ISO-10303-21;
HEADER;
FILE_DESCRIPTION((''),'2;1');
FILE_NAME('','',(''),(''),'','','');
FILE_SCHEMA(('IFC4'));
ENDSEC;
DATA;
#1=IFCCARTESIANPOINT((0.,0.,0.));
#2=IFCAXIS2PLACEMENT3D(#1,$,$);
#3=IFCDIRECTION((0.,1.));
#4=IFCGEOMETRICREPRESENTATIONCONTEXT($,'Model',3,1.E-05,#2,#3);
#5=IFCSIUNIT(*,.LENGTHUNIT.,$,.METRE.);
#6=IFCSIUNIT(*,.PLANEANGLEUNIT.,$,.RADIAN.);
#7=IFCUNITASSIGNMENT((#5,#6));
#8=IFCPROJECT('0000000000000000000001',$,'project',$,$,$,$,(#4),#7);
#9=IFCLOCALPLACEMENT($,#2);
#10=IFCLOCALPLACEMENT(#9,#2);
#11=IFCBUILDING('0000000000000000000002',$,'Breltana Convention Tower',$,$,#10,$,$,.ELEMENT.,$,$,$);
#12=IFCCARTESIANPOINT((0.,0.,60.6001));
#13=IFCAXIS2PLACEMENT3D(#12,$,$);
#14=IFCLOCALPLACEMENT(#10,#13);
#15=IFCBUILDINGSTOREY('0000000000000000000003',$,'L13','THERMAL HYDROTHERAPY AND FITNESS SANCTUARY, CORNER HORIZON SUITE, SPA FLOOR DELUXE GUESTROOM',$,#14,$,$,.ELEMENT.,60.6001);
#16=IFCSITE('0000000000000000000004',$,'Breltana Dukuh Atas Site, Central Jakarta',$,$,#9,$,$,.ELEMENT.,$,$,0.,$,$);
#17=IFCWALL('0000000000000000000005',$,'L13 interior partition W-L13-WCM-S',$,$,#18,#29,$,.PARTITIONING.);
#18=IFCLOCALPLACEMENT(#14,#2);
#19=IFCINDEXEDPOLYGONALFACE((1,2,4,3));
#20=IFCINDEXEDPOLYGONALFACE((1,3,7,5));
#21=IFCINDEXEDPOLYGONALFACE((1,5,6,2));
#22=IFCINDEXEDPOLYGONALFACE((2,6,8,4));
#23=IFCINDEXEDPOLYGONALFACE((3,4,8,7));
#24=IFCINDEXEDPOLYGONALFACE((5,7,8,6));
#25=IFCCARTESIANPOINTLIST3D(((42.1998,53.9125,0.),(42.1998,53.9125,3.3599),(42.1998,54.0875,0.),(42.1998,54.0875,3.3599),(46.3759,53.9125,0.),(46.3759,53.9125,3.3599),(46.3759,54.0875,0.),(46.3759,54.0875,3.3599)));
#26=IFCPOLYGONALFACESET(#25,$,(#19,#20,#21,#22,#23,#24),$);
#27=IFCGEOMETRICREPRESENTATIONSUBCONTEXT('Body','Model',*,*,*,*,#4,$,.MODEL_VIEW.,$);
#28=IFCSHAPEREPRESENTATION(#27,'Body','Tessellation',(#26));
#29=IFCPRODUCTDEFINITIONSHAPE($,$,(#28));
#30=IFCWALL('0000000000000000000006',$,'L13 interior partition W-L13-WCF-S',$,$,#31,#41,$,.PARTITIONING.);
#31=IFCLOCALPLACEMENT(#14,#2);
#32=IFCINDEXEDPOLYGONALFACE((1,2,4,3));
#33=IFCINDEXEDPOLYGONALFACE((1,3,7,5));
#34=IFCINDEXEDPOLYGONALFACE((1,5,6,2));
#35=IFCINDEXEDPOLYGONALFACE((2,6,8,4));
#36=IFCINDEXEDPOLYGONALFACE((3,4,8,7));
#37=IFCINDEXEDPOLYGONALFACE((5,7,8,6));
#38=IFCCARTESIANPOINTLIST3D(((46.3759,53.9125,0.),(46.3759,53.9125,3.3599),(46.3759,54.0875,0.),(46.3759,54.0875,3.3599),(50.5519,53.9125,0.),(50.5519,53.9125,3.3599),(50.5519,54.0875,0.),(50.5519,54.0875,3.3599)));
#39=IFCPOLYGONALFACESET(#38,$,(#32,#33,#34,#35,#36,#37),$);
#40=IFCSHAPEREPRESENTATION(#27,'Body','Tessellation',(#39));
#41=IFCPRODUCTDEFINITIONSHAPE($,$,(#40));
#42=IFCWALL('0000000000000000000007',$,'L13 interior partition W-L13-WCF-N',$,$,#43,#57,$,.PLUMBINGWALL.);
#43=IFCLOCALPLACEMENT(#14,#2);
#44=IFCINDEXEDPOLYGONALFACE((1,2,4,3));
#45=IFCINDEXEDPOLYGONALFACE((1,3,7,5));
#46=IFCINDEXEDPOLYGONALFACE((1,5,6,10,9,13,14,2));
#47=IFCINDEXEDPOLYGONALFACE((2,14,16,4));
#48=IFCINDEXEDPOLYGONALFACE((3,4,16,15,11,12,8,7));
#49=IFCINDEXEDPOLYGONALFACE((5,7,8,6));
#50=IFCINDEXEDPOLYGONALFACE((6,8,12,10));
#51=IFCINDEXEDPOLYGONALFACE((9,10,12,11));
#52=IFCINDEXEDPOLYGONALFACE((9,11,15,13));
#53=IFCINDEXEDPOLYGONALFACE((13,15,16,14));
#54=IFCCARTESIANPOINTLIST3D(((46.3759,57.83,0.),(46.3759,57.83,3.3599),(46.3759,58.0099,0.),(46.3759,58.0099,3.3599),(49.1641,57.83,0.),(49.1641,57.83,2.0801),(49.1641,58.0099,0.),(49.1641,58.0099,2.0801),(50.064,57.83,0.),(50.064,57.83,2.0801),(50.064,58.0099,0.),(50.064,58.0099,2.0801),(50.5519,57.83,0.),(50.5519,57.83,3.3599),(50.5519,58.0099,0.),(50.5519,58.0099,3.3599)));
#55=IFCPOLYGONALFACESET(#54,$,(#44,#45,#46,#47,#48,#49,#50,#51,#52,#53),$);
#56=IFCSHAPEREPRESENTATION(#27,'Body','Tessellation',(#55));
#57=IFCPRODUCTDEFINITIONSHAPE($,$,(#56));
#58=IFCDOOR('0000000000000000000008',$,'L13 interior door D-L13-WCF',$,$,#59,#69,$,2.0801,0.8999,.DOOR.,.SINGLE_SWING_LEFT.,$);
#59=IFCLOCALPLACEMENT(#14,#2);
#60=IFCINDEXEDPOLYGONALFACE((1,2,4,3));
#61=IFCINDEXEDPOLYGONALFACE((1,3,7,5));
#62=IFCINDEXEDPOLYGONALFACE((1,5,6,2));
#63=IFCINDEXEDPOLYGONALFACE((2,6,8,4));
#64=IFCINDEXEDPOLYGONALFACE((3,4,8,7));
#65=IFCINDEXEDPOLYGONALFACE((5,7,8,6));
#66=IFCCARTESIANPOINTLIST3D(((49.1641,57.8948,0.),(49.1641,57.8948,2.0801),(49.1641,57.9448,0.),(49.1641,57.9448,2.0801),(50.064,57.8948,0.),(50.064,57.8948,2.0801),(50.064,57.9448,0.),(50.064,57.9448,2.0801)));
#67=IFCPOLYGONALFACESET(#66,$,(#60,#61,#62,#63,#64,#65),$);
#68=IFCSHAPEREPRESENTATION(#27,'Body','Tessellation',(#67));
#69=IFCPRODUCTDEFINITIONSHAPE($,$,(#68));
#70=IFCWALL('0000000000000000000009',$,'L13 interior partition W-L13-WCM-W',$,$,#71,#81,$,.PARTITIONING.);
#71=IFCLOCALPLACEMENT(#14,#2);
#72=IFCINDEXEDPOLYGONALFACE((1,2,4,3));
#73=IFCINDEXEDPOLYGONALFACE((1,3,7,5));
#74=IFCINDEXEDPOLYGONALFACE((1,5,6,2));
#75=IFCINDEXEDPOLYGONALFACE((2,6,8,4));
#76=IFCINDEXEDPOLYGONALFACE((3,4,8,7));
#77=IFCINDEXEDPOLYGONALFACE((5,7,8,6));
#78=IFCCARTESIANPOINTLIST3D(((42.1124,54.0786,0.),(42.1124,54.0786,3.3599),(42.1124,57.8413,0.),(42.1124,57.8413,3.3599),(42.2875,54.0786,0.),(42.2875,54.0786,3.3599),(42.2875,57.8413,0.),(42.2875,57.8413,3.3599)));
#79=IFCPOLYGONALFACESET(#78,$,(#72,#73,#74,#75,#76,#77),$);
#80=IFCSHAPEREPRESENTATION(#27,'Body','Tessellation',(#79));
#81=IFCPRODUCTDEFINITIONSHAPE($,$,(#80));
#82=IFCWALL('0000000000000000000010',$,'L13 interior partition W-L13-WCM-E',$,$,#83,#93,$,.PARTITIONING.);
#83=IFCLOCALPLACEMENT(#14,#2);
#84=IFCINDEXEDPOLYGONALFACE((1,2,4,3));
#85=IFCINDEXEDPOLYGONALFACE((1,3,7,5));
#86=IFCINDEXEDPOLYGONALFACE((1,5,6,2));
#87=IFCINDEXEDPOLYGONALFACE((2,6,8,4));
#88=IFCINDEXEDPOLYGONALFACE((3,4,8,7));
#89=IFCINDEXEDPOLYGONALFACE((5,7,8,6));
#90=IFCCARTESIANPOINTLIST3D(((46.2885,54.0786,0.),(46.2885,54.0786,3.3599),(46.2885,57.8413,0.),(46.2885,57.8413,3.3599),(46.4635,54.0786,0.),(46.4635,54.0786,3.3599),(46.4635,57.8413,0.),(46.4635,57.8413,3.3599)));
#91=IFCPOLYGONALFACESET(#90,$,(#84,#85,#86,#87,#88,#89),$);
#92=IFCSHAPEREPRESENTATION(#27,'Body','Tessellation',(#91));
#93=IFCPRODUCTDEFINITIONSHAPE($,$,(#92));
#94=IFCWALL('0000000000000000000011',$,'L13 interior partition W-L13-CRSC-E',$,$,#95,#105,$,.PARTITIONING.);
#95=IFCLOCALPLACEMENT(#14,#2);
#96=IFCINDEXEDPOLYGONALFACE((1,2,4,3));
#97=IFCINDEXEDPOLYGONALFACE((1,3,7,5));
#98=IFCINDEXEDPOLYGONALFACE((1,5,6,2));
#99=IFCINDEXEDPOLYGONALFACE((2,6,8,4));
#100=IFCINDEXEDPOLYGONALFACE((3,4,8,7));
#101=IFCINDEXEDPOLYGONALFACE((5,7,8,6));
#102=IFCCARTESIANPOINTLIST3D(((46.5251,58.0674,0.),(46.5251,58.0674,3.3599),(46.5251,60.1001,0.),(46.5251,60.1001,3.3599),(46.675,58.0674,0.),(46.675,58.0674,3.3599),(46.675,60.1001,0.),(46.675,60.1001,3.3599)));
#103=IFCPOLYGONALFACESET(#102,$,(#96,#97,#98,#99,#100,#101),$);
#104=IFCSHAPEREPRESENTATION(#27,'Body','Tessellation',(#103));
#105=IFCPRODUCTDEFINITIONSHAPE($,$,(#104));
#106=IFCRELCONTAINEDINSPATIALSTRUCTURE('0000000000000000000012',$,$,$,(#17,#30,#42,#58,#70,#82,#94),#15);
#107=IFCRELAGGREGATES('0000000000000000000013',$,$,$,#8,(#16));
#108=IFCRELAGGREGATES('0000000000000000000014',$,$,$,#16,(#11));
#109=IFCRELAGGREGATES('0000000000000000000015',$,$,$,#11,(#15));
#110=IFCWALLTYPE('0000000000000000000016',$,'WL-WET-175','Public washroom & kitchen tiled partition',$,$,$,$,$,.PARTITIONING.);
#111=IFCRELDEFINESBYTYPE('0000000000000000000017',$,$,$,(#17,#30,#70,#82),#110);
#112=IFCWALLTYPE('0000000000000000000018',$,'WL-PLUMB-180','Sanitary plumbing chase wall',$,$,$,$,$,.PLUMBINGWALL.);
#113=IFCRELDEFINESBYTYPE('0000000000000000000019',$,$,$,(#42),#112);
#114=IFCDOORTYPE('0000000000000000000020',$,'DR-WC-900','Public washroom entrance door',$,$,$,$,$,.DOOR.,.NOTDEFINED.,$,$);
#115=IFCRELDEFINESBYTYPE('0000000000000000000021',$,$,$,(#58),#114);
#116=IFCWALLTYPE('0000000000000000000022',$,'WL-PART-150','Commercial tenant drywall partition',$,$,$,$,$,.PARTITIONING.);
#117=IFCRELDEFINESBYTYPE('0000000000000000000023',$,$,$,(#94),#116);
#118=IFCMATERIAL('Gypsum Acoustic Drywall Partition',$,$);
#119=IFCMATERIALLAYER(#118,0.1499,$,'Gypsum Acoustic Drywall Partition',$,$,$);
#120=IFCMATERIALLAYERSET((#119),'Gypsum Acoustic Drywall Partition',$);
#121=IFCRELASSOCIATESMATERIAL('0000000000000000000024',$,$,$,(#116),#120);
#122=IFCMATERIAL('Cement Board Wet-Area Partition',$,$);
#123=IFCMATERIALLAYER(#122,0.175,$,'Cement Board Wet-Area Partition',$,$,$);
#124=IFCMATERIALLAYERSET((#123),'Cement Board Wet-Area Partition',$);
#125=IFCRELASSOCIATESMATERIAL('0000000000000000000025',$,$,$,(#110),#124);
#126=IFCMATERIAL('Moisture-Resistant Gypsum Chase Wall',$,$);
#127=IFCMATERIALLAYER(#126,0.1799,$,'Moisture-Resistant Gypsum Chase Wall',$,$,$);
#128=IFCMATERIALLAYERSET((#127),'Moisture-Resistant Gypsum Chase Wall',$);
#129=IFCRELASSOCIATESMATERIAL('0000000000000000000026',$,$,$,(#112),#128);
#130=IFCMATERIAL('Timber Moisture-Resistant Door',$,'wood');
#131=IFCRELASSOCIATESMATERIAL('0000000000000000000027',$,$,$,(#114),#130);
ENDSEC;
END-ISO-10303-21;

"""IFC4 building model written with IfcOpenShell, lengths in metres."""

from ifc_helpers import new_model, si_unit, direction, frame, frame_2d, origin, place, context, subcontext, project, spatial, rectangle, extrude, source, transform, mapped, material, layer, layer_set, type_object, type_shapes, element, fill, save


model = new_model("IFC4")

# Units and contexts
model_context = context("Model", 3, precision=1e-05, world=origin(), true_north=direction((0.0, 1.0)))
body_context = subcontext(model_context, "Body", "Model", "MODEL_VIEW")
ifc_project = project(units=[si_unit("LENGTHUNIT", "METRE"), si_unit("PLANEANGLEUNIT", "RADIAN")], contexts=[model_context])

# Site, building, storey
site_placement = place(None, origin())
site = spatial("IfcSite", under=ifc_project, at=site_placement, Name="Breltana Dukuh Atas Site, Central Jakarta", CompositionType="ELEMENT", RefElevation=0.0)
building_placement = place(site_placement, origin())
building = spatial("IfcBuilding", under=site, at=building_placement, Name="Breltana Convention Tower", CompositionType="ELEMENT")
storey_placement = place(building_placement, frame((0.0, 0.0, 60.6001)))
storey = spatial("IfcBuildingStorey", under=building, at=storey_placement, Name="L13", Description="THERMAL HYDROTHERAPY AND FITNESS SANCTUARY, CORNER HORIZON SUITE, SPA FLOOR DELUXE GUESTROOM", CompositionType="ELEMENT", Elevation=60.6001)

# Walls
ifc_material_1 = material(Name="Gypsum Acoustic Drywall Partition")
ifc_layer_1 = layer(ifc_material_1, 0.1499, Name="Gypsum Acoustic Drywall Partition")
ifc_layer_set_1 = layer_set([ifc_layer_1], Name="Gypsum Acoustic Drywall Partition")
wall_type_1 = type_object("IfcWallType", Name="WL-PART-150", Description="Commercial tenant drywall partition", PredefinedType="PARTITIONING", material=ifc_layer_set_1)
ifc_material_2 = material(Name="Cement Board Wet-Area Partition")
ifc_layer_2 = layer(ifc_material_2, 0.175, Name="Cement Board Wet-Area Partition")
ifc_layer_set_2 = layer_set([ifc_layer_2], Name="Cement Board Wet-Area Partition")
wall_type_2 = type_object("IfcWallType", Name="WL-WET-175", Description="Public washroom & kitchen tiled partition", PredefinedType="PARTITIONING", material=ifc_layer_set_2)
shared_shape_1 = source(origin(), body_context, "Body", "SweptSolid", [
    extrude(rectangle(XDim=4.176, YDim=0.175, at=frame_2d((2.0879, 0.0))), origin(), (0.0, 0.0, 1.0), 3.3599),
])
for number, where, z_axis, x_axis, name in (
    (1, (42.2, 54.0, 0.0), (0.0, 0.0, 1.0), (1.0, 0.0, 0.0), "L13 interior partition W-L13-WCM-S"),
    (2, (46.376, 54.0, 0.0), (0.0, 0.0, 1.0), (1.0, 0.0, 0.0), "L13 interior partition W-L13-WCF-S"),
):
    element("IfcWall", number, at=place(storey_placement, frame(where, z_axis=z_axis, x_axis=x_axis)), inside=storey, type_object=wall_type_2, Name=name, PredefinedType="PARTITIONING", context=body_context, shape_type="MappedRepresentation", body=[
        mapped(shared_shape_1, transform((0.0, 0.0, 0.0), scale=1.0)),
    ])

# Wall, opening, door
ifc_material_3 = material(Name="Moisture-Resistant Gypsum Chase Wall")
ifc_layer_3 = layer(ifc_material_3, 0.1799, Name="Moisture-Resistant Gypsum Chase Wall")
ifc_layer_set_3 = layer_set([ifc_layer_3], Name="Moisture-Resistant Gypsum Chase Wall")
wall_type_3 = type_object("IfcWallType", Name="WL-PLUMB-180", Description="Sanitary plumbing chase wall", PredefinedType="PLUMBINGWALL", material=ifc_layer_set_3)
shared_shape_2 = source(origin(), body_context, "Body", "SweptSolid", [
    extrude(rectangle(XDim=4.176, YDim=0.1799, at=frame_2d((2.0879, 0.0))), origin(), (0.0, 0.0, 1.0), 3.3599),
])
wall_1_placement = place(storey_placement, frame((46.376, 57.9199, 0.0), z_axis=(0.0, 0.0, 1.0), x_axis=(1.0, 0.0, 0.0)))
wall_1 = element("IfcWall", 3, at=wall_1_placement, inside=storey, type_object=wall_type_3, Name="L13 interior partition W-L13-WCF-N", PredefinedType="PLUMBINGWALL", context=body_context, shape_type="MappedRepresentation", body=[
    mapped(shared_shape_2, transform((0.0, 0.0, 0.0), scale=1.0)),
])
opening_placement = place(wall_1_placement, frame((2.7881, 0.0, 0.0)))
opening = element("IfcOpeningElement", 4, at=opening_placement, cuts=wall_1, PredefinedType="OPENING", context=body_context, shape_type="SweptSolid", body=[
    extrude(rectangle(XDim=0.8999, YDim=2.0801, at=frame_2d((0.45, 1.04))), frame((0.0, 0.1001, 0.0), z_axis=(0.0, -1.0, 0.0), x_axis=(1.0, 0.0, 0.0)), (0.0, 0.0, 1.0), 0.2),
])
ifc_material_4 = material(Name="Timber Moisture-Resistant Door", Category="wood")
door_type = type_object("IfcDoorType", Name="DR-WC-900", Description="Public washroom entrance door", OperationType="NOTDEFINED", PredefinedType="DOOR", material=ifc_material_4)
shared_shape_3 = source(origin(), body_context, "Body", "SweptSolid", [
    extrude(rectangle(XDim=0.8999, YDim=2.0801, at=frame_2d((0.45, 1.04))), frame((0.0, 0.0249, 0.0), z_axis=(0.0, -1.0, 0.0), x_axis=(1.0, 0.0, 0.0)), (0.0, 0.0, 1.0), 0.05),
])
type_shapes(door_type, [shared_shape_3])
door_placement = place(opening_placement, origin())
door = element("IfcDoor", 5, at=door_placement, inside=storey, type_object=door_type, Name="L13 interior door D-L13-WCF", OperationType="SINGLE_SWING_LEFT", OverallHeight=2.0801, OverallWidth=0.8999, PredefinedType="DOOR", context=body_context, shape_type="MappedRepresentation", body=[
    mapped(shared_shape_3, transform((0.0, 0.0, 0.0), scale=1.0)),
])
fill(opening, door)

# Walls
shared_shape_4 = source(origin(), body_context, "Body", "SweptSolid", [
    extrude(rectangle(XDim=3.7627, YDim=0.175, at=frame_2d((1.8813, 0.0))), origin(), (0.0, 0.0, 1.0), 3.3599),
])
for number, where, z_axis, x_axis, name in (
    (6, (42.2, 54.0786, 0.0), (0.0, 0.0, 1.0), (0.0, 1.0, 0.0), "L13 interior partition W-L13-WCM-W"),
    (7, (46.376, 54.0786, 0.0), (0.0, 0.0, 1.0), (0.0, 1.0, 0.0), "L13 interior partition W-L13-WCM-E"),
):
    element("IfcWall", number, at=place(storey_placement, frame(where, z_axis=z_axis, x_axis=x_axis)), inside=storey, type_object=wall_type_2, Name=name, PredefinedType="PARTITIONING", context=body_context, shape_type="MappedRepresentation", body=[
        mapped(shared_shape_4, transform((0.0, 0.0, 0.0), scale=1.0)),
    ])
shared_shape_5 = source(origin(), body_context, "Body", "SweptSolid", [
    extrude(rectangle(XDim=2.0327, YDim=0.1499, at=frame_2d((1.0164, 0.0))), origin(), (0.0, 0.0, 1.0), 3.3599),
])
wall_2_placement = place(storey_placement, frame((46.6001, 58.0674, 0.0), z_axis=(0.0, 0.0, 1.0), x_axis=(0.0, 1.0, 0.0)))
element("IfcWall", 8, at=wall_2_placement, inside=storey, type_object=wall_type_1, Name="L13 interior partition W-L13-CRSC-E", PredefinedType="PARTITIONING", context=body_context, shape_type="MappedRepresentation", body=[
    mapped(shared_shape_5, transform((0.0, 0.0, 0.0), scale=1.0)),
])

save(model, "model.ifc")
